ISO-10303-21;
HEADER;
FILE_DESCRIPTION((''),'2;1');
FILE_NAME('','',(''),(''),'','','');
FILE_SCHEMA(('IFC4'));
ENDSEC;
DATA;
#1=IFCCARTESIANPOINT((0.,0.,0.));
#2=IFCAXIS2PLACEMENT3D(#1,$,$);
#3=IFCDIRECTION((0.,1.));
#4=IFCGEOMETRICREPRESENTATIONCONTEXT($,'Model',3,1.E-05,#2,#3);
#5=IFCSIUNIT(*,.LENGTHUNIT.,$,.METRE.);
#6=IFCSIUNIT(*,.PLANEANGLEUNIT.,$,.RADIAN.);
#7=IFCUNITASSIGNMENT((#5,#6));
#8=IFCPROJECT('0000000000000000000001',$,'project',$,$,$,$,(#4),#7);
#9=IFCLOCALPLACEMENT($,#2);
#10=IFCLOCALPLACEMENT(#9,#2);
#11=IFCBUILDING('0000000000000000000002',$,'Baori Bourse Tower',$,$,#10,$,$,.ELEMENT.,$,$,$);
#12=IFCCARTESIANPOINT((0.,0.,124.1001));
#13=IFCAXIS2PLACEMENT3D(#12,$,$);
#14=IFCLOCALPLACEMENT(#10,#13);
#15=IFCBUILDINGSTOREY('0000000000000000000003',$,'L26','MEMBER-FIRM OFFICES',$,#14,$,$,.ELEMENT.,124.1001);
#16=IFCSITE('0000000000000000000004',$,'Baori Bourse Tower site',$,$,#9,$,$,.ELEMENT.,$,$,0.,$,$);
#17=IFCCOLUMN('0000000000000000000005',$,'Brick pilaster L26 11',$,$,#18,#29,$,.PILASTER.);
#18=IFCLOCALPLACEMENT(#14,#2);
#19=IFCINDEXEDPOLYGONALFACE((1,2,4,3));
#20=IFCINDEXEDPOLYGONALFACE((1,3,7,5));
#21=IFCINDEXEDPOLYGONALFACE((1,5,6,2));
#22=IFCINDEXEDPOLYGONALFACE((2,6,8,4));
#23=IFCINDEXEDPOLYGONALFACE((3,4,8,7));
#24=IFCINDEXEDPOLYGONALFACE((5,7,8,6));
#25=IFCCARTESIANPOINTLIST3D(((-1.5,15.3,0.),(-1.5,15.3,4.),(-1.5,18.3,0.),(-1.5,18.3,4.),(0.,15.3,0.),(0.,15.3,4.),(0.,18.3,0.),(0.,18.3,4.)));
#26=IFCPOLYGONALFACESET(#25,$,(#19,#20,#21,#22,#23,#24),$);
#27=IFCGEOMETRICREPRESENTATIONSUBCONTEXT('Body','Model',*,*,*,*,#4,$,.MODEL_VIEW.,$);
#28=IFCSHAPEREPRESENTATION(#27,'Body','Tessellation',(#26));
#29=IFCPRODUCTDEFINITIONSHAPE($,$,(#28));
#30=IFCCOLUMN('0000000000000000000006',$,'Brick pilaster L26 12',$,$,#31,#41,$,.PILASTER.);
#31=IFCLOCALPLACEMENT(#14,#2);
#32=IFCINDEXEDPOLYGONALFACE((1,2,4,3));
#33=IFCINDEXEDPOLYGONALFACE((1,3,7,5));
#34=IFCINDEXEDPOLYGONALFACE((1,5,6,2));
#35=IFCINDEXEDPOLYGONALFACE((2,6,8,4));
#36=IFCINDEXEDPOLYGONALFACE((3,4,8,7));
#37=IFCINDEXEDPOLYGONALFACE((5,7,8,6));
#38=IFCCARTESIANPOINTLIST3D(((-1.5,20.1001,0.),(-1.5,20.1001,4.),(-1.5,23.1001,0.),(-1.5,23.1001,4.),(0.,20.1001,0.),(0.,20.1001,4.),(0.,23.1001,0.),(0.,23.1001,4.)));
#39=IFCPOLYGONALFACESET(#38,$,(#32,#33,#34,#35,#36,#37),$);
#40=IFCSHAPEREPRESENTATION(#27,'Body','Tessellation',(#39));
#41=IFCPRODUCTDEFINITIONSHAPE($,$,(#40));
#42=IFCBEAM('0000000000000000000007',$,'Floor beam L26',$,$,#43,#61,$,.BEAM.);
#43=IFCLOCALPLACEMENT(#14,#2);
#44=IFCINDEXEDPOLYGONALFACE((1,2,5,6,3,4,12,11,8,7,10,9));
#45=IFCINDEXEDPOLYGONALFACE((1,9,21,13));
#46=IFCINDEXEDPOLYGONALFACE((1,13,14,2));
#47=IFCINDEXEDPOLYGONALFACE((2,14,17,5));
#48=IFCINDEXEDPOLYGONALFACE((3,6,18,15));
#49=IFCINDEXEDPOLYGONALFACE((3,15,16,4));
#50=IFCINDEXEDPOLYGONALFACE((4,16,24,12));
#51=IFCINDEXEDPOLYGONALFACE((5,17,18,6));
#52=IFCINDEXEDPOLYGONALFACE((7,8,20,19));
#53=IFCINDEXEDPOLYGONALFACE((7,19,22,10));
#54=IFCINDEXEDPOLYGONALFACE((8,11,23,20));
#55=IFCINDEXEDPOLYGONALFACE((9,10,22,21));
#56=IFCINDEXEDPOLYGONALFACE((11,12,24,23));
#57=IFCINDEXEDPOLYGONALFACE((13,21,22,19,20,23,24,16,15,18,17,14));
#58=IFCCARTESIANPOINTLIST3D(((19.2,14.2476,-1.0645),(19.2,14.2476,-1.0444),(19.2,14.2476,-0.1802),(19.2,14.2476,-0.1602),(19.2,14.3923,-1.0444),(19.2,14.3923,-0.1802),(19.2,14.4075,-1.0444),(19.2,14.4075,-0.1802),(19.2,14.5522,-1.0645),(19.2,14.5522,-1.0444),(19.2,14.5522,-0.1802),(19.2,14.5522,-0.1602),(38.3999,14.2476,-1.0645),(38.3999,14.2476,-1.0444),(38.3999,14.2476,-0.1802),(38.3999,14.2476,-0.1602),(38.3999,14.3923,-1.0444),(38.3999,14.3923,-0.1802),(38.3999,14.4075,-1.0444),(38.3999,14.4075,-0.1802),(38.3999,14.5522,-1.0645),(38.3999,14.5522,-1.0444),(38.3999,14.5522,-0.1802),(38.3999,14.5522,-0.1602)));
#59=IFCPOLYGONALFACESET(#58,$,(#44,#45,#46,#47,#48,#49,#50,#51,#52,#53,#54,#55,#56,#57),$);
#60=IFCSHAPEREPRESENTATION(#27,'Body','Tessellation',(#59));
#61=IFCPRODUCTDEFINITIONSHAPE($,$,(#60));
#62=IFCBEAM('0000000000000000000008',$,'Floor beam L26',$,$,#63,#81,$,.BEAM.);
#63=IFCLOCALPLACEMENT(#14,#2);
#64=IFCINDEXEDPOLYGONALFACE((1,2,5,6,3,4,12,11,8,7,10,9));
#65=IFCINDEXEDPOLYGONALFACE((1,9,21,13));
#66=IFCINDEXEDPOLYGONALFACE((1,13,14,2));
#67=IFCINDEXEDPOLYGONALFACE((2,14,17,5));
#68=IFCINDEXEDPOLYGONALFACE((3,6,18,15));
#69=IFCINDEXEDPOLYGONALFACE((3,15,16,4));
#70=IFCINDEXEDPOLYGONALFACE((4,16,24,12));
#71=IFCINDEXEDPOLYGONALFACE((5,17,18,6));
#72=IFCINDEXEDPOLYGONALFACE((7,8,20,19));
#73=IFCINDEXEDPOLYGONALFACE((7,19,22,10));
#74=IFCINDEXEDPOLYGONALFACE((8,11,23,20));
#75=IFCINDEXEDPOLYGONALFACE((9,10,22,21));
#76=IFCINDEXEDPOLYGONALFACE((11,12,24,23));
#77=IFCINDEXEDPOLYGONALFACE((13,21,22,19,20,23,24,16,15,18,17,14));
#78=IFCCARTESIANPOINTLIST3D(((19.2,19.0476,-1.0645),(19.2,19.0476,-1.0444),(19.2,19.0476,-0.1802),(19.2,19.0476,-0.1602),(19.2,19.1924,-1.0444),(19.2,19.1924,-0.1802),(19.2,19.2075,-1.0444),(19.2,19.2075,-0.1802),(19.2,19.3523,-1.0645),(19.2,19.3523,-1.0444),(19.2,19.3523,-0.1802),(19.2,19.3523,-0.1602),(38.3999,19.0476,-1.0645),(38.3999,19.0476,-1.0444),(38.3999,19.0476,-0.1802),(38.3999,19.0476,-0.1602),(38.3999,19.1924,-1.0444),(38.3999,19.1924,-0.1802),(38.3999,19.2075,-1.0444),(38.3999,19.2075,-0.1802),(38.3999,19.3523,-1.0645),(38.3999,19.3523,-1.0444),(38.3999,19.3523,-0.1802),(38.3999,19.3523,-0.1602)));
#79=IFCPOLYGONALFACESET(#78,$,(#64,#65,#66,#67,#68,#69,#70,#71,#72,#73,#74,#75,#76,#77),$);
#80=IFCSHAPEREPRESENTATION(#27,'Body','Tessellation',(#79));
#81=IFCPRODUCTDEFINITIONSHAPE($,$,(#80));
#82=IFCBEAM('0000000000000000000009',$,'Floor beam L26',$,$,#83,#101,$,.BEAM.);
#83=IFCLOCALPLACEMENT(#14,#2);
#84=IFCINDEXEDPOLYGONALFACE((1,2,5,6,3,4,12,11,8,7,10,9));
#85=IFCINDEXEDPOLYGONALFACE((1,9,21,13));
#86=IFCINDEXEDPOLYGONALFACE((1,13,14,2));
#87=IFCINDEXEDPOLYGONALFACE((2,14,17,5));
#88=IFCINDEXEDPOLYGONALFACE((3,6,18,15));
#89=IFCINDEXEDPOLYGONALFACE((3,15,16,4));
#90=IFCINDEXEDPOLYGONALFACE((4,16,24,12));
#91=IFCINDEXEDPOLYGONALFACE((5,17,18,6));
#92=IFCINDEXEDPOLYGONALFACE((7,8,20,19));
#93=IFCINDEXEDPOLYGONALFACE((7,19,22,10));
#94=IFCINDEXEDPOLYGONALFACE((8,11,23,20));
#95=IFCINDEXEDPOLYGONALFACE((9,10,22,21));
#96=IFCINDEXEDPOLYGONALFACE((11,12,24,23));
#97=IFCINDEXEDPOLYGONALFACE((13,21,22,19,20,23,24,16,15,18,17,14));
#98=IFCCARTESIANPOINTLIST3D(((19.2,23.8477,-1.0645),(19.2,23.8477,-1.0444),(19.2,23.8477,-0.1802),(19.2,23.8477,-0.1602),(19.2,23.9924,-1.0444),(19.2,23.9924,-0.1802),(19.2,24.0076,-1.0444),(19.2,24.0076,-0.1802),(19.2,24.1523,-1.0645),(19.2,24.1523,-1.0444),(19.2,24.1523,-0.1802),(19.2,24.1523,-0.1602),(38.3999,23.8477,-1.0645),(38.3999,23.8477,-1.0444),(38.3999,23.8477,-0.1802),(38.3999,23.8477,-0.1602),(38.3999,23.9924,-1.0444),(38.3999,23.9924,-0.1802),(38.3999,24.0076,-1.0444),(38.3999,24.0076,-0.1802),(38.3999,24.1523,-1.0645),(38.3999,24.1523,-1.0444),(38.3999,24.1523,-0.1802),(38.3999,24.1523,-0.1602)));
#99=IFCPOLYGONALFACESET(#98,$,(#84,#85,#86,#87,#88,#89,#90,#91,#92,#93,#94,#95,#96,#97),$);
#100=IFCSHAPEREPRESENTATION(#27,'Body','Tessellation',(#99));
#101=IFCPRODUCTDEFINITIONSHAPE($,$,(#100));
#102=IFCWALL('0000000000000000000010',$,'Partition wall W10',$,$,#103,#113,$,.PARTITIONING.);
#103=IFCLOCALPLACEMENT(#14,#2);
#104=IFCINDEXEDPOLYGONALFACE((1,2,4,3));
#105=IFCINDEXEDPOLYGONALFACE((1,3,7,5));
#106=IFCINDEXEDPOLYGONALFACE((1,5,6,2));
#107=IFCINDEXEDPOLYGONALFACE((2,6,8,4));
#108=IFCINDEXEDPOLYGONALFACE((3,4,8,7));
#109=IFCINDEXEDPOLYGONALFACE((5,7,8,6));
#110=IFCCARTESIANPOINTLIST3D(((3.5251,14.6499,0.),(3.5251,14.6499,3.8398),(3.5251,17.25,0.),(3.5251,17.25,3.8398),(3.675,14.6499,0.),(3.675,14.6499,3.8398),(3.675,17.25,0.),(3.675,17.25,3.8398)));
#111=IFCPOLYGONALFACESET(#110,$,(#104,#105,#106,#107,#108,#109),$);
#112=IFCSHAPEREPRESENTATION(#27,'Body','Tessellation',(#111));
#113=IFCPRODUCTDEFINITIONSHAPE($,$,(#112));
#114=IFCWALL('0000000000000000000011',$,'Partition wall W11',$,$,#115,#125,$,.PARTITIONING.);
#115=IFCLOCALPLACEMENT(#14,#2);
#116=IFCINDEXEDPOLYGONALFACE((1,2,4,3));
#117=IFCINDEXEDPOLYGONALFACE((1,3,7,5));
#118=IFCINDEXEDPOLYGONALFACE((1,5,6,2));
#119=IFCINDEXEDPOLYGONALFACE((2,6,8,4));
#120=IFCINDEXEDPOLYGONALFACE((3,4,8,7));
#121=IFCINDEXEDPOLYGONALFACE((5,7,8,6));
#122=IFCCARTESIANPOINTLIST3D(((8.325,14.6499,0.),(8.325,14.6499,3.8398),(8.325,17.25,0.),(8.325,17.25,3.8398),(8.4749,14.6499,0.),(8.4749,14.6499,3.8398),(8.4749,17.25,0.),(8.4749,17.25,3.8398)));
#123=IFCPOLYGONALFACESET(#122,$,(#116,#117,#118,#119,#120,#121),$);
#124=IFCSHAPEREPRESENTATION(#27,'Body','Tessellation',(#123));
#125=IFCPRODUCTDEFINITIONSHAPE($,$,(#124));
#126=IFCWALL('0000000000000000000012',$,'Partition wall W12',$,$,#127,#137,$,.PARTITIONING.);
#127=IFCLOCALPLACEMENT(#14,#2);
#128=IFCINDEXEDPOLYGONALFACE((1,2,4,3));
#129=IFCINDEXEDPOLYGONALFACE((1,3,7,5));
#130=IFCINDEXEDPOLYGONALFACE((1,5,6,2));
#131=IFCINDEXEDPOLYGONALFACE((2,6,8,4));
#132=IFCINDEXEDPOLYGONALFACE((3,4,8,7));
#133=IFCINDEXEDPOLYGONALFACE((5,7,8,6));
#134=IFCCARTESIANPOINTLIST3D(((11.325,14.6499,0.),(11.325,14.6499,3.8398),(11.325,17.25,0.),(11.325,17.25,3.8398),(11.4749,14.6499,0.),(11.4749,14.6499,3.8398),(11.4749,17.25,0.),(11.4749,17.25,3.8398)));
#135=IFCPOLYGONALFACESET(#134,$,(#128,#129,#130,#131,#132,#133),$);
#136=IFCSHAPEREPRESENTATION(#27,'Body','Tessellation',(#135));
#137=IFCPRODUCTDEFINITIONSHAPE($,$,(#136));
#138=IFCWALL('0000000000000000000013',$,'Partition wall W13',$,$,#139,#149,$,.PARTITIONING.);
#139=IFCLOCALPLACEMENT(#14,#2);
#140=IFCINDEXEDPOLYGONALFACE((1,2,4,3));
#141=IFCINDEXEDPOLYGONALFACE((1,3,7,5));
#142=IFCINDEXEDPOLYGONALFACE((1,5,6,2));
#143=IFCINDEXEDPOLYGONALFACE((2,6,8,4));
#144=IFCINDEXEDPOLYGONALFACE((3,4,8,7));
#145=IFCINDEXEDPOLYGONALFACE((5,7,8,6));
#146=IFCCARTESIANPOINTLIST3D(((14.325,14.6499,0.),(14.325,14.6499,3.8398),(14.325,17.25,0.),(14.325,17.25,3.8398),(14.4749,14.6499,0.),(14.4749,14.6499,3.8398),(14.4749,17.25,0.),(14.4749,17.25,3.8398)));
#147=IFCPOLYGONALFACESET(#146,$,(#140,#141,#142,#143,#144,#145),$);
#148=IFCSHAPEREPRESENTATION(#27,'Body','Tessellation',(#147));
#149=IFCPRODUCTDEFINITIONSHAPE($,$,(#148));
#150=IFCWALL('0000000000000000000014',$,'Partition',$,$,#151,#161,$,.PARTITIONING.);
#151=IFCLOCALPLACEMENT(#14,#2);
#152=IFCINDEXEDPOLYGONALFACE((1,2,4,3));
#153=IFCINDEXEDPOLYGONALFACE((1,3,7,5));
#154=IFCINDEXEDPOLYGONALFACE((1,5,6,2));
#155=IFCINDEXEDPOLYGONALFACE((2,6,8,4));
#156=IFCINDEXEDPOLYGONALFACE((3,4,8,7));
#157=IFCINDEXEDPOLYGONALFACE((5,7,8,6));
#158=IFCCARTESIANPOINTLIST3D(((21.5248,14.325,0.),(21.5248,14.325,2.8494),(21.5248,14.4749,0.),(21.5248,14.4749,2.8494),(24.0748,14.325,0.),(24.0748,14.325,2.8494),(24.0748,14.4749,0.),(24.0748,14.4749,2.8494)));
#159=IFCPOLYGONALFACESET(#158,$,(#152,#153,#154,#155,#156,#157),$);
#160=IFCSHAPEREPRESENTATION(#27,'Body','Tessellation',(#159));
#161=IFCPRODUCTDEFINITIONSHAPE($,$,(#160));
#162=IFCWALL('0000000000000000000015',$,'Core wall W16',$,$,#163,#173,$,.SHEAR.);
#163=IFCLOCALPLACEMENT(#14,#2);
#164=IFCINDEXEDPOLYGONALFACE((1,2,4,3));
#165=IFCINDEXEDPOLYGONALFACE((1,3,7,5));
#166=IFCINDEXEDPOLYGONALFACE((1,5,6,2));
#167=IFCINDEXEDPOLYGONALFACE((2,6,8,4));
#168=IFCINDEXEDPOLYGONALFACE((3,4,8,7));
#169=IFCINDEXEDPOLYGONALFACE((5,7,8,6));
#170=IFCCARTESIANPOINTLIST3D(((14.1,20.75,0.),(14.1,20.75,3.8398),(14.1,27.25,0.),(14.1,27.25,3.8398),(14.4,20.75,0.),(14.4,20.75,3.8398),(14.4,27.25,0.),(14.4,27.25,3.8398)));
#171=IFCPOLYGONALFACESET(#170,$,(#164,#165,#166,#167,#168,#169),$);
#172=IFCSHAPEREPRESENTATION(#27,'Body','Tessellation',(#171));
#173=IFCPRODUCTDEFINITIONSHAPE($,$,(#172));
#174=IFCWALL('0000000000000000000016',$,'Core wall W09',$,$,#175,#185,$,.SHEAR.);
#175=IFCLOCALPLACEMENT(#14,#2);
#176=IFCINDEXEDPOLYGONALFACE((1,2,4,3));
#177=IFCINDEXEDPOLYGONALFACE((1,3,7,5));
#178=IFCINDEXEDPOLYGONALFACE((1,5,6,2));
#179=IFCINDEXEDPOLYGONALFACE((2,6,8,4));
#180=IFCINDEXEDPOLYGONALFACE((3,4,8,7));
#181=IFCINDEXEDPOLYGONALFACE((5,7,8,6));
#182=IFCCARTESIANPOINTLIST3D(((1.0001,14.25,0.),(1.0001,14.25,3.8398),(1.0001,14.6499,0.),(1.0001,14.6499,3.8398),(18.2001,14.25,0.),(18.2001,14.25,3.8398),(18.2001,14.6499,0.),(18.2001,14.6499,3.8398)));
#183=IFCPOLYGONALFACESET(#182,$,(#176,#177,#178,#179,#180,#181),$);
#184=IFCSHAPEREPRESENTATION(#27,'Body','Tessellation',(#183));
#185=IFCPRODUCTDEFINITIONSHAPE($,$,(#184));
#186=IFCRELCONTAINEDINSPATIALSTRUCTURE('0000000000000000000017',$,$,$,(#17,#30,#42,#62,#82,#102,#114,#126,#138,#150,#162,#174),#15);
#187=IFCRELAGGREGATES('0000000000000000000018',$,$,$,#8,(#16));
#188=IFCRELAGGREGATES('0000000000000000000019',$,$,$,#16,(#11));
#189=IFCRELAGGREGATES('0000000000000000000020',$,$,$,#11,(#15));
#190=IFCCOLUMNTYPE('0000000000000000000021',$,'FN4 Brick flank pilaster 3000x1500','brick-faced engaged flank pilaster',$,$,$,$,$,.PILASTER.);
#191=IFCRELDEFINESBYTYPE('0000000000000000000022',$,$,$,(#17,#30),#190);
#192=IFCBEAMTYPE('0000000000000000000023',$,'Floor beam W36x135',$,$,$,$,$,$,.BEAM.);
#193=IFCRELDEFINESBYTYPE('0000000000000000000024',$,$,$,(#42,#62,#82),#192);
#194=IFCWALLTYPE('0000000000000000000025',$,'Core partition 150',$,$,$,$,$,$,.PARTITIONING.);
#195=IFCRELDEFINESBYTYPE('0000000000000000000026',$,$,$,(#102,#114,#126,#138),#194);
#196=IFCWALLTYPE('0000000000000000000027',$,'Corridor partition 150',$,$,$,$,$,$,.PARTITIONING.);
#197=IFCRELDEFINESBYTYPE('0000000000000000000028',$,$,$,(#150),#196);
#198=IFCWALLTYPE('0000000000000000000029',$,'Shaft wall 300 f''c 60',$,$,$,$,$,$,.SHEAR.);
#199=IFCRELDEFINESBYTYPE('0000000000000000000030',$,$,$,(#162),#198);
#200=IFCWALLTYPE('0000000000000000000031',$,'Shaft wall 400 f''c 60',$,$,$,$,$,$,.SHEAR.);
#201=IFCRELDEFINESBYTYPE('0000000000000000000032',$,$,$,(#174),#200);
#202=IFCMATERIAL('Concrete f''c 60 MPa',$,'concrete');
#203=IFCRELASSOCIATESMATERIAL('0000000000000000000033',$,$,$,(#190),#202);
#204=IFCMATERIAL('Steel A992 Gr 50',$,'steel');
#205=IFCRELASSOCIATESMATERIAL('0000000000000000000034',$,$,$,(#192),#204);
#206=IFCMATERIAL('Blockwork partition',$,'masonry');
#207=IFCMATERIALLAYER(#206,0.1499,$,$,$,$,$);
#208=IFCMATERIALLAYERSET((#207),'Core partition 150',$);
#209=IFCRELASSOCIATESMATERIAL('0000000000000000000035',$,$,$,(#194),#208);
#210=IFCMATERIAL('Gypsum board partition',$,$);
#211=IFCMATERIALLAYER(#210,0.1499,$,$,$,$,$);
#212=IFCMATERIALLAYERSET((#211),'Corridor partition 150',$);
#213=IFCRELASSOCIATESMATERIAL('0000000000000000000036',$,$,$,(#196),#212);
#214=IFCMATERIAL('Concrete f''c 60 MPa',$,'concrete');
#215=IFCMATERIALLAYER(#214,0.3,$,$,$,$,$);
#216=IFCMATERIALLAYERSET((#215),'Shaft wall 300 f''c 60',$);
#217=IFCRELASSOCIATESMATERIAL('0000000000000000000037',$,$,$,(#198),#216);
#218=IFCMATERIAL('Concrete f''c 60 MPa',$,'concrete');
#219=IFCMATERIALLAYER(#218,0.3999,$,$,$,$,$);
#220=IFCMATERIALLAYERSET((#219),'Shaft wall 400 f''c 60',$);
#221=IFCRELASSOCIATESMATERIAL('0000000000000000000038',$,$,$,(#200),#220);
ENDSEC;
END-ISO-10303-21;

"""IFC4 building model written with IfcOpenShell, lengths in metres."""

from ifc_helpers import new_model, si_unit, direction, frame, frame_2d, origin, origin_2d, place, context, subcontext, project, spatial, rectangle, i_section, extrude, material, layer, layer_set, material_profile, profile_set, type_object, element, save


model = new_model("IFC4")

# Units and contexts
model_context = context("Model", 3, precision=1e-05, world=origin(), true_north=direction((0.0, 1.0)))
body_context = subcontext(model_context, "Body", "Model", "MODEL_VIEW")
ifc_project = project(units=[si_unit("LENGTHUNIT", "METRE"), si_unit("PLANEANGLEUNIT", "RADIAN")], contexts=[model_context])

# Site, building, storey
site_placement = place(None, origin())
site = spatial("IfcSite", under=ifc_project, at=site_placement, Name="Baori Bourse Tower site", CompositionType="ELEMENT", RefElevation=0.0)
building_placement = place(site_placement, origin())
building = spatial("IfcBuilding", under=site, at=building_placement, Name="Baori Bourse Tower", CompositionType="ELEMENT")
storey_placement = place(building_placement, frame((0.0, 0.0, 124.1001)))
storey = spatial("IfcBuildingStorey", under=building, at=storey_placement, Name="L26", Description="MEMBER-FIRM OFFICES", CompositionType="ELEMENT", Elevation=124.1001)

# Columns
ifc_material_1 = material(Name="Concrete f'c 60 MPa", Category="concrete")
ifc_material_profile_1 = material_profile(ifc_material_1, rectangle(XDim=3.0, YDim=1.5, at=origin_2d()), Name="RC 3000x1500")
ifc_profile_set_1 = profile_set([ifc_material_profile_1], Name="Concrete f'c 60 MPa")
column_type = type_object("IfcColumnType", Name="FN4 Brick flank pilaster 3000x1500", Description="brick-faced engaged flank pilaster", PredefinedType="PILASTER", material=ifc_profile_set_1)
for number, where, z_axis, x_axis, name in (
    (1, (-0.75, 16.8, 0.0), (0.0, 0.0, 1.0), (0.0, 1.0, 0.0), "Brick pilaster L26 11"),
    (2, (-0.75, 21.6001, 0.0), (0.0, 0.0, 1.0), (0.0, 1.0, 0.0), "Brick pilaster L26 12"),
):
    element("IfcColumn", number, at=place(storey_placement, frame(where, z_axis=z_axis, x_axis=x_axis)), inside=storey, type_object=column_type, Name=name, PredefinedType="PILASTER", context=body_context, shape_type="SweptSolid", body=[
        extrude(rectangle(XDim=3.0, YDim=1.5, at=origin_2d()), origin(), (0.0, 0.0, 1.0), 4.0),
    ])

# Beams
ifc_material_2 = material(Name="Steel A992 Gr 50", Category="steel")
ifc_material_profile_2 = material_profile(ifc_material_2, i_section(OverallWidth=0.3047, OverallDepth=0.9043, WebThickness=0.0151, FlangeThickness=0.02, at=origin_2d()), Name="W36x135")
ifc_profile_set_2 = profile_set([ifc_material_profile_2], Name="Steel A992 Gr 50")
beam_type = type_object("IfcBeamType", Name="Floor beam W36x135", PredefinedType="BEAM", material=ifc_profile_set_2)
for number, where, z_axis, x_axis, name in (
    (3, (19.2, 14.3999, -0.6123), (1.0, 0.0, 0.0), (0.0, 1.0, 0.0), "Floor beam L26"),
    (4, (19.2, 19.2, -0.6123), (1.0, 0.0, 0.0), (0.0, 1.0, 0.0), "Floor beam L26"),
    (5, (19.2, 24.0, -0.6123), (1.0, 0.0, 0.0), (0.0, 1.0, 0.0), "Floor beam L26"),
):
    element("IfcBeam", number, at=place(storey_placement, frame(where, z_axis=z_axis, x_axis=x_axis)), inside=storey, type_object=beam_type, Name=name, PredefinedType="BEAM", context=body_context, shape_type="SweptSolid", body=[
        extrude(i_section(OverallWidth=0.3047, OverallDepth=0.9043, WebThickness=0.0151, FlangeThickness=0.02, at=origin_2d()), origin(), (0.0, 0.0, 1.0), 19.2),
    ])

# Walls
ifc_material_3 = material(Name="Blockwork partition", Category="masonry")
ifc_layer_1 = layer(ifc_material_3, 0.1499)
ifc_layer_set_1 = layer_set([ifc_layer_1], Name="Core partition 150")
wall_type_1 = type_object("IfcWallType", Name="Core partition 150", PredefinedType="PARTITIONING", material=ifc_layer_set_1)
for number, where, z_axis, x_axis, name in (
    (6, (3.6001, 14.6499, 0.0), (0.0, 0.0, 1.0), (0.0, 1.0, 0.0), "Partition wall W10"),
    (7, (8.3999, 14.6499, 0.0), (0.0, 0.0, 1.0), (0.0, 1.0, 0.0), "Partition wall W11"),
    (8, (11.3999, 14.6499, 0.0), (0.0, 0.0, 1.0), (0.0, 1.0, 0.0), "Partition wall W12"),
    (9, (14.3999, 14.6499, 0.0), (0.0, 0.0, 1.0), (0.0, 1.0, 0.0), "Partition wall W13"),
):
    element("IfcWall", number, at=place(storey_placement, frame(where, z_axis=z_axis, x_axis=x_axis)), inside=storey, type_object=wall_type_1, Name=name, PredefinedType="PARTITIONING", context=body_context, shape_type="SweptSolid", body=[
        extrude(rectangle(XDim=2.6001, YDim=0.1499, at=frame_2d((1.3, 0.0))), origin(), (0.0, 0.0, 1.0), 3.8398),
    ])
ifc_material_4 = material(Name="Gypsum board partition")
ifc_layer_2 = layer(ifc_material_4, 0.1499)
ifc_layer_set_2 = layer_set([ifc_layer_2], Name="Corridor partition 150")
wall_type_2 = type_object("IfcWallType", Name="Corridor partition 150", PredefinedType="PARTITIONING", material=ifc_layer_set_2)
wall_1_placement = place(storey_placement, frame((21.5249, 14.3999, 0.0), z_axis=(0.0, 0.0, 1.0), x_axis=(1.0, 0.0, 0.0)))
element("IfcWall", 10, at=wall_1_placement, inside=storey, type_object=wall_type_2, Name="Partition", PredefinedType="PARTITIONING", context=body_context, shape_type="SweptSolid", body=[
    extrude(rectangle(XDim=2.55, YDim=0.1499, at=frame_2d((1.2749, 0.0))), origin(), (0.0, 0.0, 1.0), 2.8494),
])
ifc_material_5 = material(Name="Concrete f'c 60 MPa", Category="concrete")
ifc_layer_3 = layer(ifc_material_5, 0.3)
ifc_layer_set_3 = layer_set([ifc_layer_3], Name="Shaft wall 300 f'c 60")
wall_type_3 = type_object("IfcWallType", Name="Shaft wall 300 f'c 60", PredefinedType="SHEAR", material=ifc_layer_set_3)
wall_2_placement = place(storey_placement, frame((14.25, 20.75, 0.0), z_axis=(0.0, 0.0, 1.0), x_axis=(0.0, 1.0, 0.0)))
element("IfcWall", 11, at=wall_2_placement, inside=storey, type_object=wall_type_3, Name="Core wall W16", PredefinedType="SHEAR", context=body_context, shape_type="SweptSolid", body=[
    extrude(rectangle(XDim=6.5, YDim=0.3, at=frame_2d((3.25, 0.0))), origin(), (0.0, 0.0, 1.0), 3.8398),
])
ifc_material_6 = material(Name="Concrete f'c 60 MPa", Category="concrete")
ifc_layer_4 = layer(ifc_material_6, 0.3999)
ifc_layer_set_4 = layer_set([ifc_layer_4], Name="Shaft wall 400 f'c 60")
wall_type_4 = type_object("IfcWallType", Name="Shaft wall 400 f'c 60", PredefinedType="SHEAR", material=ifc_layer_set_4)
wall_3_placement = place(storey_placement, frame((1.0, 14.45, 0.0), z_axis=(0.0, 0.0, 1.0), x_axis=(1.0, 0.0, 0.0)))
element("IfcWall", 12, at=wall_3_placement, inside=storey, type_object=wall_type_4, Name="Core wall W09", PredefinedType="SHEAR", context=body_context, shape_type="SweptSolid", body=[
    extrude(rectangle(XDim=17.2, YDim=0.3999, at=frame_2d((8.6001, 0.0))), origin(), (0.0, 0.0, 1.0), 3.8398),
])

save(model, "model.ifc")
